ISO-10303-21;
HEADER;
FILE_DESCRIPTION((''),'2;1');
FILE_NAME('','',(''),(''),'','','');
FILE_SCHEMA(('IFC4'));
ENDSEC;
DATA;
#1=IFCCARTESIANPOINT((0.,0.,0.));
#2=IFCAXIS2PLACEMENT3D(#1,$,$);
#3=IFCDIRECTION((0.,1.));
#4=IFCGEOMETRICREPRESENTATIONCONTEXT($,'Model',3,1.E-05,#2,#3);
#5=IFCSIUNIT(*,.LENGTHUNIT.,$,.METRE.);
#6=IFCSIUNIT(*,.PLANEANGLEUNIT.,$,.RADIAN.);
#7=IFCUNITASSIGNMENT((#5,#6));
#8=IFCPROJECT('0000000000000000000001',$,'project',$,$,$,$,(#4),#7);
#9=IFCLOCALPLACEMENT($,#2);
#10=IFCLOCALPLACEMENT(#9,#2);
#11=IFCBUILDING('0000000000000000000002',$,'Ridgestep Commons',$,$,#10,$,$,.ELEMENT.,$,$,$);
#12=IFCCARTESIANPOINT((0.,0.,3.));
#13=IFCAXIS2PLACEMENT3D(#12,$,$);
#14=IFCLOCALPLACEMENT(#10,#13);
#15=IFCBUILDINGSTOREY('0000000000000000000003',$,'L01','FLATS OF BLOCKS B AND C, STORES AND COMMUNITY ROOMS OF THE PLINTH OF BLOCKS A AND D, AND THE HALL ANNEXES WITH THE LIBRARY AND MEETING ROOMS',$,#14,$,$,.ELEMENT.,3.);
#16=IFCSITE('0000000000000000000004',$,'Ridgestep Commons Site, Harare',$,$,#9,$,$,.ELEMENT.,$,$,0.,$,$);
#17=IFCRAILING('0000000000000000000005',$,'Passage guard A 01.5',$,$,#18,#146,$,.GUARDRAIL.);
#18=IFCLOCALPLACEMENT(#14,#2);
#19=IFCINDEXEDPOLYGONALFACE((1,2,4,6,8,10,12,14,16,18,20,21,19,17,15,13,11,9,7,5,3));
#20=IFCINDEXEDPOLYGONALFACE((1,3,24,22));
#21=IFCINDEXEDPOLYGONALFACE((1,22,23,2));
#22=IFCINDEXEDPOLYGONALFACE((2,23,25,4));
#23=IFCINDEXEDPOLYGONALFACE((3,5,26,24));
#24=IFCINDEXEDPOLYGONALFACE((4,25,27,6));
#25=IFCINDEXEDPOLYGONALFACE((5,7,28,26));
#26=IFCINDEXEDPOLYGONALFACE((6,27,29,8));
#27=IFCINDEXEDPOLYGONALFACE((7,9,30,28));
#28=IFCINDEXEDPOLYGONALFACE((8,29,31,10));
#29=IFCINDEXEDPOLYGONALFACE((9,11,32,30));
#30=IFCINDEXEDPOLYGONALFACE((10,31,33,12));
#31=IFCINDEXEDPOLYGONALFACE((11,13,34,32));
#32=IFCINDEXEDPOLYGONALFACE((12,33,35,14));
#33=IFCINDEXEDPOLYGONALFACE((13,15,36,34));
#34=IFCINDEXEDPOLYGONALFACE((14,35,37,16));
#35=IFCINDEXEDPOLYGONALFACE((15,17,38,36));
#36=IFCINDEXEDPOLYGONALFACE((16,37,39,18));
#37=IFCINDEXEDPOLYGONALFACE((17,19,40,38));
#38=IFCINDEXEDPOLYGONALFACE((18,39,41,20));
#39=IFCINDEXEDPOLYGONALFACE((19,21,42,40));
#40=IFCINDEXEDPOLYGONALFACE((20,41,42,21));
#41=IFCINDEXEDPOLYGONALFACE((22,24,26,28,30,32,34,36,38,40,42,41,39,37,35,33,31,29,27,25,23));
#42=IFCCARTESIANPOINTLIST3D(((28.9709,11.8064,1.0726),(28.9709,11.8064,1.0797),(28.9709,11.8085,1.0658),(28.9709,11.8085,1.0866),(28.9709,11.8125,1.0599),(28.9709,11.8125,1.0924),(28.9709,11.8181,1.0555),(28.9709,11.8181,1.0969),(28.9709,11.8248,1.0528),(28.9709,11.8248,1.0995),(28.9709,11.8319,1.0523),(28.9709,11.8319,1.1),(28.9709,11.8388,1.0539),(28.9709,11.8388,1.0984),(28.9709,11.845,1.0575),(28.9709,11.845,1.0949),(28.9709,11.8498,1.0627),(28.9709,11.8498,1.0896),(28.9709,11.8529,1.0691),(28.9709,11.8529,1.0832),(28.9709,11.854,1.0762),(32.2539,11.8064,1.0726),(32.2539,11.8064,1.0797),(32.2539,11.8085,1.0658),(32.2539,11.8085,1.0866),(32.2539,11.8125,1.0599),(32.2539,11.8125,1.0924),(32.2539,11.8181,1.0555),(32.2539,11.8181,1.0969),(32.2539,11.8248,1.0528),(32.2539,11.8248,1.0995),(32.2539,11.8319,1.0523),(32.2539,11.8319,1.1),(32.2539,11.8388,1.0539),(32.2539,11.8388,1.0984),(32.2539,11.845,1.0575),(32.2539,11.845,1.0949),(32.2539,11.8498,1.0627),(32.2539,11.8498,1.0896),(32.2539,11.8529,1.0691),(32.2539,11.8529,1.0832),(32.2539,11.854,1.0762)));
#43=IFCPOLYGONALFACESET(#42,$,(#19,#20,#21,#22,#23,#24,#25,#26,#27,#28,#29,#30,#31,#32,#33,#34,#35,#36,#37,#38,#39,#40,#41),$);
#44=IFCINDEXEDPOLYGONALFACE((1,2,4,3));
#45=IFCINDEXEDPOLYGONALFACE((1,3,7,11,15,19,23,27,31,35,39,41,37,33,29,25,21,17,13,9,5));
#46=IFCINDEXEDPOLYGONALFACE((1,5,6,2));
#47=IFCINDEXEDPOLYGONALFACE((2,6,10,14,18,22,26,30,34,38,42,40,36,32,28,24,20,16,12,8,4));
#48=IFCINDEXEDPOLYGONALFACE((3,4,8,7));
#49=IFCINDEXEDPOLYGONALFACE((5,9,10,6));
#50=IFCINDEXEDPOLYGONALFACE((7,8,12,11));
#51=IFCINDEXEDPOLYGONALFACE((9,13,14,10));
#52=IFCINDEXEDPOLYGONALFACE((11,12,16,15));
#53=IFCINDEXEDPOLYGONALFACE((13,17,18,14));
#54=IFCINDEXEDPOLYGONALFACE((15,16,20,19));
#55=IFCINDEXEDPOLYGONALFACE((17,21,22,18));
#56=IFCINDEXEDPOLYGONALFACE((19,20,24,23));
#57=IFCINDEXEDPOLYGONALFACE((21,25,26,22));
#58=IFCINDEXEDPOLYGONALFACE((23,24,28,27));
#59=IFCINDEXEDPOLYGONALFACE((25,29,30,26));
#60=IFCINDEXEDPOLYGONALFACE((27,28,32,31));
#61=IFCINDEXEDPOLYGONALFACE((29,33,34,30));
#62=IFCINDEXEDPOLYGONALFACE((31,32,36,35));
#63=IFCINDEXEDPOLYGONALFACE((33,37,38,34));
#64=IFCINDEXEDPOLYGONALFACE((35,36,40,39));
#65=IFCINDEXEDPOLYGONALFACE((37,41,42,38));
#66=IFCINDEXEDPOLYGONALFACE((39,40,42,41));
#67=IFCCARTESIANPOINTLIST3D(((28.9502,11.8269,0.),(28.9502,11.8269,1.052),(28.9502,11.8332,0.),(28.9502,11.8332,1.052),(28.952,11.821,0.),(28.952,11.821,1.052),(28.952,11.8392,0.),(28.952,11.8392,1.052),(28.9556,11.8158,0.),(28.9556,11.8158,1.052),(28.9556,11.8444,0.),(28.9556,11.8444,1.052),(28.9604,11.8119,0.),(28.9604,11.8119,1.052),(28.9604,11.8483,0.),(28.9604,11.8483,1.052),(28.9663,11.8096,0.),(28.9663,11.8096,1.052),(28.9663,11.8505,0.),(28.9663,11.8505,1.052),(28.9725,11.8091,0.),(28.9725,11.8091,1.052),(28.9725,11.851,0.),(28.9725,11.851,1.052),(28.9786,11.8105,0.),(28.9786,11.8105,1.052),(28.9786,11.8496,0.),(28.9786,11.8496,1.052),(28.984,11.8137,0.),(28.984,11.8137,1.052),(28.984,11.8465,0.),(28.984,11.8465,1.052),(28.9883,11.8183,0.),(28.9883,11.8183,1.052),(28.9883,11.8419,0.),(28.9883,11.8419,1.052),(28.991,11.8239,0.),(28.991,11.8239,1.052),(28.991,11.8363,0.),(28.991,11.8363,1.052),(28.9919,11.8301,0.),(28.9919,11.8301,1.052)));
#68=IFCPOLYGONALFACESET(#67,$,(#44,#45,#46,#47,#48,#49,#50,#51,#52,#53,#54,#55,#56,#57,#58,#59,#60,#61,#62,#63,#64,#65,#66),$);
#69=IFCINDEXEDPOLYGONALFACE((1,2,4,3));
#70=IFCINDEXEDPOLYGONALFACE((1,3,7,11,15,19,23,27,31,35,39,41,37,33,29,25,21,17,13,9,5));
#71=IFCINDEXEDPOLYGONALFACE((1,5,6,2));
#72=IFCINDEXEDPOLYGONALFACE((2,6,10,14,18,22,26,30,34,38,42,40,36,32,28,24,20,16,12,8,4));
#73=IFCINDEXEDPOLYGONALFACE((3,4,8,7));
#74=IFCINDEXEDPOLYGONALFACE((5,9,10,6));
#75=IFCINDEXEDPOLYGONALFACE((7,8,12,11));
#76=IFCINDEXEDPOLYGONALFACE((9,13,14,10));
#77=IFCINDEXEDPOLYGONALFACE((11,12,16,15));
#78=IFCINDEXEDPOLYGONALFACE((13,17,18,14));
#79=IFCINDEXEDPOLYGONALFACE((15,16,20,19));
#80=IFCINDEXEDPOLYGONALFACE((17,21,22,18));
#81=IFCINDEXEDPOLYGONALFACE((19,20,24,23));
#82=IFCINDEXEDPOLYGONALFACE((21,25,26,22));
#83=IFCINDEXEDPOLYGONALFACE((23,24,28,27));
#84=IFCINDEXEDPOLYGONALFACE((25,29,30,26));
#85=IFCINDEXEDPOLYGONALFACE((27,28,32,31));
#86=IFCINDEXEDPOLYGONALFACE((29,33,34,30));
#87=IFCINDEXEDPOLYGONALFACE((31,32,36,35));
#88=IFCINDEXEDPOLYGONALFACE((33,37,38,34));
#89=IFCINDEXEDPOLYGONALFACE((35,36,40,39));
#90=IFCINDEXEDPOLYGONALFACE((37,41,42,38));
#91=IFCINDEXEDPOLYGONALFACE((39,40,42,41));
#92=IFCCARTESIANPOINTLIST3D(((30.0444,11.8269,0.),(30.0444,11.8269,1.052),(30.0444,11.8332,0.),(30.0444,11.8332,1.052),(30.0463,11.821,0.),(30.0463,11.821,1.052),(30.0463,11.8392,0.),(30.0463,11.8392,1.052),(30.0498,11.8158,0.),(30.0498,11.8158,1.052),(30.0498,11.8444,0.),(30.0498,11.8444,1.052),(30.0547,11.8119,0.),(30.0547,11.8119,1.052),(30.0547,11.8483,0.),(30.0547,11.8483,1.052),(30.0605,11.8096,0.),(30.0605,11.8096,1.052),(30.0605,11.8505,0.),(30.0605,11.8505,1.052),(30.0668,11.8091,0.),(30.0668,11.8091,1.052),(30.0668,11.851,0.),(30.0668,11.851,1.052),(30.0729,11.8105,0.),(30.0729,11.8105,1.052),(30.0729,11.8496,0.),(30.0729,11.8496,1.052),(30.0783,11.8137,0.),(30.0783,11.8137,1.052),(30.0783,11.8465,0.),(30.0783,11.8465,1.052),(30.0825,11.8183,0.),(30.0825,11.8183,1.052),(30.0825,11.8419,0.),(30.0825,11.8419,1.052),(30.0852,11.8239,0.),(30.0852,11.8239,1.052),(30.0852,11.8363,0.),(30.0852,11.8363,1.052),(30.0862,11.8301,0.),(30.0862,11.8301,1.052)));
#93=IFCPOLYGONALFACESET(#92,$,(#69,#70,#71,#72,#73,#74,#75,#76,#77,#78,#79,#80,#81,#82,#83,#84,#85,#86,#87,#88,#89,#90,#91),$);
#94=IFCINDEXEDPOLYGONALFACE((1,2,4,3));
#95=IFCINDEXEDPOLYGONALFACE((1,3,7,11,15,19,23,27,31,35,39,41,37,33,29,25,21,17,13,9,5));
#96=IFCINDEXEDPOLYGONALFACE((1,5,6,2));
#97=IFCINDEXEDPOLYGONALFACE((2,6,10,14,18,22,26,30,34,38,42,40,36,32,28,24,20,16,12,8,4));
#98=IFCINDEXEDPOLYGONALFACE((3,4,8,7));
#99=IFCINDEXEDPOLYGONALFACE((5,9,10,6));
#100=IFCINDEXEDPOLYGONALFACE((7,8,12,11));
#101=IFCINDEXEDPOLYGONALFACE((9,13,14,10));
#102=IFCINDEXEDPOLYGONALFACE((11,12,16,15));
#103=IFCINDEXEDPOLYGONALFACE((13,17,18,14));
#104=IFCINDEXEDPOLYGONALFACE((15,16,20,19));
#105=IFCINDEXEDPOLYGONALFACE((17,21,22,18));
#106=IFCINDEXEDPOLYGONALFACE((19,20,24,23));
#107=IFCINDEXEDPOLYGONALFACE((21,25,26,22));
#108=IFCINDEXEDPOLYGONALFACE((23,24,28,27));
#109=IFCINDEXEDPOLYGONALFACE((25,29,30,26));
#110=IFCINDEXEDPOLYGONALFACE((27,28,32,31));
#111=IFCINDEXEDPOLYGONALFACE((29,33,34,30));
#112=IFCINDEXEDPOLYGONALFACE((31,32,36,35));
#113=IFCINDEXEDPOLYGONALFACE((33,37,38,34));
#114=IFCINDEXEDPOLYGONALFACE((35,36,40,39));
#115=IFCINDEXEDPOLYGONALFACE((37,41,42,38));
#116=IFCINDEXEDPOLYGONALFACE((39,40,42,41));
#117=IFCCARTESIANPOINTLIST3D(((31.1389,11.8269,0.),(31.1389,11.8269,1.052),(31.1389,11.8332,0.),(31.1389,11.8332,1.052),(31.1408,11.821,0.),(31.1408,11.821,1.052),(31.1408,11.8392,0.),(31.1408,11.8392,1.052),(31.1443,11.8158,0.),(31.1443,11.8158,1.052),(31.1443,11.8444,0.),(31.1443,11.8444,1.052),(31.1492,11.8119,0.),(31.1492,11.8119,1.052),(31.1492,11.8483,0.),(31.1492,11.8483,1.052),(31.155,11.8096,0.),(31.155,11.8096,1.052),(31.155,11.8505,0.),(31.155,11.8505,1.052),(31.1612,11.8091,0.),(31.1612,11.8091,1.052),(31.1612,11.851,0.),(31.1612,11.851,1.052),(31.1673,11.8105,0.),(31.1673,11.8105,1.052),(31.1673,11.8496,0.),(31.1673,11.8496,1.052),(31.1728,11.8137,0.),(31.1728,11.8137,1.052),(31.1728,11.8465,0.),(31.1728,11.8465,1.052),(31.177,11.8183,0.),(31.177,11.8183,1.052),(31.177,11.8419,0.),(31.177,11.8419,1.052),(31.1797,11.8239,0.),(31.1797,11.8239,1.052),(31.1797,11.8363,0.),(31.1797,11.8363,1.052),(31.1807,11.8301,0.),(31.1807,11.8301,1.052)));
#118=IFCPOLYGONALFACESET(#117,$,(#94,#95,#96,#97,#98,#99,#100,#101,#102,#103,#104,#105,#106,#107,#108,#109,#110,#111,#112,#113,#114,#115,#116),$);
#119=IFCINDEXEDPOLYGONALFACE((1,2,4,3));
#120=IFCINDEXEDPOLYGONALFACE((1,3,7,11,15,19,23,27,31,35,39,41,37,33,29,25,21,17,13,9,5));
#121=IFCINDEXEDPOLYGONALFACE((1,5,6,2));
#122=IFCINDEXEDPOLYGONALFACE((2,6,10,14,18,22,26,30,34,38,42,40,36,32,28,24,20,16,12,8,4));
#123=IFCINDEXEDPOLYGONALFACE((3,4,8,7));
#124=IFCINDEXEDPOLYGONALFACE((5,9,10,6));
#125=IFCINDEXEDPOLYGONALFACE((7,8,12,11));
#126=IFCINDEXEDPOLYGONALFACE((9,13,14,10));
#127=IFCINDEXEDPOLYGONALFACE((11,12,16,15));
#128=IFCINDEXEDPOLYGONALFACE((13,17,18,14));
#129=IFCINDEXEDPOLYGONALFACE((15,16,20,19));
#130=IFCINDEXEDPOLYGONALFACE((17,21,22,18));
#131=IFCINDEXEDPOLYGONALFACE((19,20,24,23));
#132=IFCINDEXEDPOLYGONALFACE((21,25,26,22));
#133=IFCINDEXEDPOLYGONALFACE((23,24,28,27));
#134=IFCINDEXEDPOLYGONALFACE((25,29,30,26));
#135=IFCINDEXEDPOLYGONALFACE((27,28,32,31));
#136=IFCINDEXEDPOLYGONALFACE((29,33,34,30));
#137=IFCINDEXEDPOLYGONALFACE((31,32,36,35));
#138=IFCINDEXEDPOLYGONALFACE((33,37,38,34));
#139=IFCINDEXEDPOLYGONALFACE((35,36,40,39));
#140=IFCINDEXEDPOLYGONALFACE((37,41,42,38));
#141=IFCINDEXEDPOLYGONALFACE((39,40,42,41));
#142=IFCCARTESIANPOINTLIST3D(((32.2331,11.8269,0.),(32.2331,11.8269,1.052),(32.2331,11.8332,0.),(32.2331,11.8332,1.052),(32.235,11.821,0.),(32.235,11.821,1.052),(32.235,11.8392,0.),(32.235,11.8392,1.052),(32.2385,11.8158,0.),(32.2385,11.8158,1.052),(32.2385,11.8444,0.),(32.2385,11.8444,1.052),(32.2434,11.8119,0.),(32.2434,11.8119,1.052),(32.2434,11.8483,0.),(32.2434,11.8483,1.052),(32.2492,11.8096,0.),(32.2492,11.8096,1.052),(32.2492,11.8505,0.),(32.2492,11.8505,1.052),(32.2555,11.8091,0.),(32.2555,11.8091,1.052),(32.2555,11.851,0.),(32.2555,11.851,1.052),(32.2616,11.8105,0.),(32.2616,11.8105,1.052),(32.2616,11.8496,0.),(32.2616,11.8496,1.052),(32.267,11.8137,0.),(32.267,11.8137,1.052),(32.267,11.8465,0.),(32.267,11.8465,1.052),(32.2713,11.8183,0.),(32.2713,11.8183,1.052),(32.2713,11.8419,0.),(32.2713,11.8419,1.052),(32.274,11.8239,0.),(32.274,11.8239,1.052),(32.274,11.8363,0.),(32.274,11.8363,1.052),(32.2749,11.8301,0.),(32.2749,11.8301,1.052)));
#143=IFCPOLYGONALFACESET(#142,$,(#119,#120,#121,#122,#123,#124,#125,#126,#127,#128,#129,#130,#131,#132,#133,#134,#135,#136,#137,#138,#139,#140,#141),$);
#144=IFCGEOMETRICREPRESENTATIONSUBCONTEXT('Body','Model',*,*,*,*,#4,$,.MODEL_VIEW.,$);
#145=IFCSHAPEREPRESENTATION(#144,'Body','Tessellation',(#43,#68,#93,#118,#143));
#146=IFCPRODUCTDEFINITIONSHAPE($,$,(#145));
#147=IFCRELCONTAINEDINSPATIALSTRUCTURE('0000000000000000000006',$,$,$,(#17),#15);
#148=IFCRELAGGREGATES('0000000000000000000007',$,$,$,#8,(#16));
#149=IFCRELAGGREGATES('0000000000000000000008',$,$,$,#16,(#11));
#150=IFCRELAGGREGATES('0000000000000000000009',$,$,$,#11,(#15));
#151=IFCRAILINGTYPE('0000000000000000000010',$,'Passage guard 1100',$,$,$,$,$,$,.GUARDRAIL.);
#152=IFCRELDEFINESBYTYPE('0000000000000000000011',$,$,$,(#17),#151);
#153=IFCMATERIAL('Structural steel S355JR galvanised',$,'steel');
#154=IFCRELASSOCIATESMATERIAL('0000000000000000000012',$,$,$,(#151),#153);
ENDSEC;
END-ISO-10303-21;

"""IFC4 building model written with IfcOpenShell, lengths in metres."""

from ifc_helpers import new_model, si_unit, direction, frame, origin, origin_2d, place, context, subcontext, project, spatial, circle, extrude, material, type_object, element, save


model = new_model("IFC4")

# Units and contexts
model_context = context("Model", 3, precision=1e-05, world=origin(), true_north=direction((0.0, 1.0)))
body_context = subcontext(model_context, "Body", "Model", "MODEL_VIEW")
ifc_project = project(units=[si_unit("LENGTHUNIT", "METRE"), si_unit("PLANEANGLEUNIT", "RADIAN")], contexts=[model_context])

# Site, building, storey
site_placement = place(None, origin())
site = spatial("IfcSite", under=ifc_project, at=site_placement, Name="Ridgestep Commons Site, Harare", CompositionType="ELEMENT", RefElevation=0.0)
building_placement = place(site_placement, origin())
building = spatial("IfcBuilding", under=site, at=building_placement, Name="Ridgestep Commons", CompositionType="ELEMENT")
storey_placement = place(building_placement, frame((0.0, 0.0, 3.0)))
storey = spatial("IfcBuildingStorey", under=building, at=storey_placement, Name="L01", Description="FLATS OF BLOCKS B AND C, STORES AND COMMUNITY ROOMS OF THE PLINTH OF BLOCKS A AND D, AND THE HALL ANNEXES WITH THE LIBRARY AND MEETING ROOMS", CompositionType="ELEMENT", Elevation=3.0)

# Railing
ifc_material_1 = material(Name="Structural steel S355JR galvanised", Category="steel")
railing_type = type_object("IfcRailingType", Name="Passage guard 1100", PredefinedType="GUARDRAIL", material=ifc_material_1)
railing_1_placement = place(storey_placement, frame((28.9709, 11.8301, 0.0)))
element("IfcRailing", 1, at=railing_1_placement, inside=storey, type_object=railing_type, Name="Passage guard A 01.5", PredefinedType="GUARDRAIL", context=body_context, shape_type="SweptSolid", body=[
    extrude(circle(Radius=0.0239, at=origin_2d()), frame((0.0, 0.0, 1.0762), z_axis=(1.0, 0.0, 0.0), x_axis=(0.0, 1.0, 0.0)), (0.0, 0.0, 1.0), 3.283),
    extrude(circle(Radius=0.021, at=origin_2d()), origin(), (0.0, 0.0, 1.0), 1.052),
    extrude(circle(Radius=0.021, at=origin_2d()), frame((1.0942, 0.0, 0.0)), (0.0, 0.0, 1.0), 1.052),
    extrude(circle(Radius=0.021, at=origin_2d()), frame((2.1887, 0.0, 0.0)), (0.0, 0.0, 1.0), 1.052),
    extrude(circle(Radius=0.021, at=origin_2d()), frame((3.283, 0.0, 0.0)), (0.0, 0.0, 1.0), 1.052),
])

save(model, "model.ifc")
